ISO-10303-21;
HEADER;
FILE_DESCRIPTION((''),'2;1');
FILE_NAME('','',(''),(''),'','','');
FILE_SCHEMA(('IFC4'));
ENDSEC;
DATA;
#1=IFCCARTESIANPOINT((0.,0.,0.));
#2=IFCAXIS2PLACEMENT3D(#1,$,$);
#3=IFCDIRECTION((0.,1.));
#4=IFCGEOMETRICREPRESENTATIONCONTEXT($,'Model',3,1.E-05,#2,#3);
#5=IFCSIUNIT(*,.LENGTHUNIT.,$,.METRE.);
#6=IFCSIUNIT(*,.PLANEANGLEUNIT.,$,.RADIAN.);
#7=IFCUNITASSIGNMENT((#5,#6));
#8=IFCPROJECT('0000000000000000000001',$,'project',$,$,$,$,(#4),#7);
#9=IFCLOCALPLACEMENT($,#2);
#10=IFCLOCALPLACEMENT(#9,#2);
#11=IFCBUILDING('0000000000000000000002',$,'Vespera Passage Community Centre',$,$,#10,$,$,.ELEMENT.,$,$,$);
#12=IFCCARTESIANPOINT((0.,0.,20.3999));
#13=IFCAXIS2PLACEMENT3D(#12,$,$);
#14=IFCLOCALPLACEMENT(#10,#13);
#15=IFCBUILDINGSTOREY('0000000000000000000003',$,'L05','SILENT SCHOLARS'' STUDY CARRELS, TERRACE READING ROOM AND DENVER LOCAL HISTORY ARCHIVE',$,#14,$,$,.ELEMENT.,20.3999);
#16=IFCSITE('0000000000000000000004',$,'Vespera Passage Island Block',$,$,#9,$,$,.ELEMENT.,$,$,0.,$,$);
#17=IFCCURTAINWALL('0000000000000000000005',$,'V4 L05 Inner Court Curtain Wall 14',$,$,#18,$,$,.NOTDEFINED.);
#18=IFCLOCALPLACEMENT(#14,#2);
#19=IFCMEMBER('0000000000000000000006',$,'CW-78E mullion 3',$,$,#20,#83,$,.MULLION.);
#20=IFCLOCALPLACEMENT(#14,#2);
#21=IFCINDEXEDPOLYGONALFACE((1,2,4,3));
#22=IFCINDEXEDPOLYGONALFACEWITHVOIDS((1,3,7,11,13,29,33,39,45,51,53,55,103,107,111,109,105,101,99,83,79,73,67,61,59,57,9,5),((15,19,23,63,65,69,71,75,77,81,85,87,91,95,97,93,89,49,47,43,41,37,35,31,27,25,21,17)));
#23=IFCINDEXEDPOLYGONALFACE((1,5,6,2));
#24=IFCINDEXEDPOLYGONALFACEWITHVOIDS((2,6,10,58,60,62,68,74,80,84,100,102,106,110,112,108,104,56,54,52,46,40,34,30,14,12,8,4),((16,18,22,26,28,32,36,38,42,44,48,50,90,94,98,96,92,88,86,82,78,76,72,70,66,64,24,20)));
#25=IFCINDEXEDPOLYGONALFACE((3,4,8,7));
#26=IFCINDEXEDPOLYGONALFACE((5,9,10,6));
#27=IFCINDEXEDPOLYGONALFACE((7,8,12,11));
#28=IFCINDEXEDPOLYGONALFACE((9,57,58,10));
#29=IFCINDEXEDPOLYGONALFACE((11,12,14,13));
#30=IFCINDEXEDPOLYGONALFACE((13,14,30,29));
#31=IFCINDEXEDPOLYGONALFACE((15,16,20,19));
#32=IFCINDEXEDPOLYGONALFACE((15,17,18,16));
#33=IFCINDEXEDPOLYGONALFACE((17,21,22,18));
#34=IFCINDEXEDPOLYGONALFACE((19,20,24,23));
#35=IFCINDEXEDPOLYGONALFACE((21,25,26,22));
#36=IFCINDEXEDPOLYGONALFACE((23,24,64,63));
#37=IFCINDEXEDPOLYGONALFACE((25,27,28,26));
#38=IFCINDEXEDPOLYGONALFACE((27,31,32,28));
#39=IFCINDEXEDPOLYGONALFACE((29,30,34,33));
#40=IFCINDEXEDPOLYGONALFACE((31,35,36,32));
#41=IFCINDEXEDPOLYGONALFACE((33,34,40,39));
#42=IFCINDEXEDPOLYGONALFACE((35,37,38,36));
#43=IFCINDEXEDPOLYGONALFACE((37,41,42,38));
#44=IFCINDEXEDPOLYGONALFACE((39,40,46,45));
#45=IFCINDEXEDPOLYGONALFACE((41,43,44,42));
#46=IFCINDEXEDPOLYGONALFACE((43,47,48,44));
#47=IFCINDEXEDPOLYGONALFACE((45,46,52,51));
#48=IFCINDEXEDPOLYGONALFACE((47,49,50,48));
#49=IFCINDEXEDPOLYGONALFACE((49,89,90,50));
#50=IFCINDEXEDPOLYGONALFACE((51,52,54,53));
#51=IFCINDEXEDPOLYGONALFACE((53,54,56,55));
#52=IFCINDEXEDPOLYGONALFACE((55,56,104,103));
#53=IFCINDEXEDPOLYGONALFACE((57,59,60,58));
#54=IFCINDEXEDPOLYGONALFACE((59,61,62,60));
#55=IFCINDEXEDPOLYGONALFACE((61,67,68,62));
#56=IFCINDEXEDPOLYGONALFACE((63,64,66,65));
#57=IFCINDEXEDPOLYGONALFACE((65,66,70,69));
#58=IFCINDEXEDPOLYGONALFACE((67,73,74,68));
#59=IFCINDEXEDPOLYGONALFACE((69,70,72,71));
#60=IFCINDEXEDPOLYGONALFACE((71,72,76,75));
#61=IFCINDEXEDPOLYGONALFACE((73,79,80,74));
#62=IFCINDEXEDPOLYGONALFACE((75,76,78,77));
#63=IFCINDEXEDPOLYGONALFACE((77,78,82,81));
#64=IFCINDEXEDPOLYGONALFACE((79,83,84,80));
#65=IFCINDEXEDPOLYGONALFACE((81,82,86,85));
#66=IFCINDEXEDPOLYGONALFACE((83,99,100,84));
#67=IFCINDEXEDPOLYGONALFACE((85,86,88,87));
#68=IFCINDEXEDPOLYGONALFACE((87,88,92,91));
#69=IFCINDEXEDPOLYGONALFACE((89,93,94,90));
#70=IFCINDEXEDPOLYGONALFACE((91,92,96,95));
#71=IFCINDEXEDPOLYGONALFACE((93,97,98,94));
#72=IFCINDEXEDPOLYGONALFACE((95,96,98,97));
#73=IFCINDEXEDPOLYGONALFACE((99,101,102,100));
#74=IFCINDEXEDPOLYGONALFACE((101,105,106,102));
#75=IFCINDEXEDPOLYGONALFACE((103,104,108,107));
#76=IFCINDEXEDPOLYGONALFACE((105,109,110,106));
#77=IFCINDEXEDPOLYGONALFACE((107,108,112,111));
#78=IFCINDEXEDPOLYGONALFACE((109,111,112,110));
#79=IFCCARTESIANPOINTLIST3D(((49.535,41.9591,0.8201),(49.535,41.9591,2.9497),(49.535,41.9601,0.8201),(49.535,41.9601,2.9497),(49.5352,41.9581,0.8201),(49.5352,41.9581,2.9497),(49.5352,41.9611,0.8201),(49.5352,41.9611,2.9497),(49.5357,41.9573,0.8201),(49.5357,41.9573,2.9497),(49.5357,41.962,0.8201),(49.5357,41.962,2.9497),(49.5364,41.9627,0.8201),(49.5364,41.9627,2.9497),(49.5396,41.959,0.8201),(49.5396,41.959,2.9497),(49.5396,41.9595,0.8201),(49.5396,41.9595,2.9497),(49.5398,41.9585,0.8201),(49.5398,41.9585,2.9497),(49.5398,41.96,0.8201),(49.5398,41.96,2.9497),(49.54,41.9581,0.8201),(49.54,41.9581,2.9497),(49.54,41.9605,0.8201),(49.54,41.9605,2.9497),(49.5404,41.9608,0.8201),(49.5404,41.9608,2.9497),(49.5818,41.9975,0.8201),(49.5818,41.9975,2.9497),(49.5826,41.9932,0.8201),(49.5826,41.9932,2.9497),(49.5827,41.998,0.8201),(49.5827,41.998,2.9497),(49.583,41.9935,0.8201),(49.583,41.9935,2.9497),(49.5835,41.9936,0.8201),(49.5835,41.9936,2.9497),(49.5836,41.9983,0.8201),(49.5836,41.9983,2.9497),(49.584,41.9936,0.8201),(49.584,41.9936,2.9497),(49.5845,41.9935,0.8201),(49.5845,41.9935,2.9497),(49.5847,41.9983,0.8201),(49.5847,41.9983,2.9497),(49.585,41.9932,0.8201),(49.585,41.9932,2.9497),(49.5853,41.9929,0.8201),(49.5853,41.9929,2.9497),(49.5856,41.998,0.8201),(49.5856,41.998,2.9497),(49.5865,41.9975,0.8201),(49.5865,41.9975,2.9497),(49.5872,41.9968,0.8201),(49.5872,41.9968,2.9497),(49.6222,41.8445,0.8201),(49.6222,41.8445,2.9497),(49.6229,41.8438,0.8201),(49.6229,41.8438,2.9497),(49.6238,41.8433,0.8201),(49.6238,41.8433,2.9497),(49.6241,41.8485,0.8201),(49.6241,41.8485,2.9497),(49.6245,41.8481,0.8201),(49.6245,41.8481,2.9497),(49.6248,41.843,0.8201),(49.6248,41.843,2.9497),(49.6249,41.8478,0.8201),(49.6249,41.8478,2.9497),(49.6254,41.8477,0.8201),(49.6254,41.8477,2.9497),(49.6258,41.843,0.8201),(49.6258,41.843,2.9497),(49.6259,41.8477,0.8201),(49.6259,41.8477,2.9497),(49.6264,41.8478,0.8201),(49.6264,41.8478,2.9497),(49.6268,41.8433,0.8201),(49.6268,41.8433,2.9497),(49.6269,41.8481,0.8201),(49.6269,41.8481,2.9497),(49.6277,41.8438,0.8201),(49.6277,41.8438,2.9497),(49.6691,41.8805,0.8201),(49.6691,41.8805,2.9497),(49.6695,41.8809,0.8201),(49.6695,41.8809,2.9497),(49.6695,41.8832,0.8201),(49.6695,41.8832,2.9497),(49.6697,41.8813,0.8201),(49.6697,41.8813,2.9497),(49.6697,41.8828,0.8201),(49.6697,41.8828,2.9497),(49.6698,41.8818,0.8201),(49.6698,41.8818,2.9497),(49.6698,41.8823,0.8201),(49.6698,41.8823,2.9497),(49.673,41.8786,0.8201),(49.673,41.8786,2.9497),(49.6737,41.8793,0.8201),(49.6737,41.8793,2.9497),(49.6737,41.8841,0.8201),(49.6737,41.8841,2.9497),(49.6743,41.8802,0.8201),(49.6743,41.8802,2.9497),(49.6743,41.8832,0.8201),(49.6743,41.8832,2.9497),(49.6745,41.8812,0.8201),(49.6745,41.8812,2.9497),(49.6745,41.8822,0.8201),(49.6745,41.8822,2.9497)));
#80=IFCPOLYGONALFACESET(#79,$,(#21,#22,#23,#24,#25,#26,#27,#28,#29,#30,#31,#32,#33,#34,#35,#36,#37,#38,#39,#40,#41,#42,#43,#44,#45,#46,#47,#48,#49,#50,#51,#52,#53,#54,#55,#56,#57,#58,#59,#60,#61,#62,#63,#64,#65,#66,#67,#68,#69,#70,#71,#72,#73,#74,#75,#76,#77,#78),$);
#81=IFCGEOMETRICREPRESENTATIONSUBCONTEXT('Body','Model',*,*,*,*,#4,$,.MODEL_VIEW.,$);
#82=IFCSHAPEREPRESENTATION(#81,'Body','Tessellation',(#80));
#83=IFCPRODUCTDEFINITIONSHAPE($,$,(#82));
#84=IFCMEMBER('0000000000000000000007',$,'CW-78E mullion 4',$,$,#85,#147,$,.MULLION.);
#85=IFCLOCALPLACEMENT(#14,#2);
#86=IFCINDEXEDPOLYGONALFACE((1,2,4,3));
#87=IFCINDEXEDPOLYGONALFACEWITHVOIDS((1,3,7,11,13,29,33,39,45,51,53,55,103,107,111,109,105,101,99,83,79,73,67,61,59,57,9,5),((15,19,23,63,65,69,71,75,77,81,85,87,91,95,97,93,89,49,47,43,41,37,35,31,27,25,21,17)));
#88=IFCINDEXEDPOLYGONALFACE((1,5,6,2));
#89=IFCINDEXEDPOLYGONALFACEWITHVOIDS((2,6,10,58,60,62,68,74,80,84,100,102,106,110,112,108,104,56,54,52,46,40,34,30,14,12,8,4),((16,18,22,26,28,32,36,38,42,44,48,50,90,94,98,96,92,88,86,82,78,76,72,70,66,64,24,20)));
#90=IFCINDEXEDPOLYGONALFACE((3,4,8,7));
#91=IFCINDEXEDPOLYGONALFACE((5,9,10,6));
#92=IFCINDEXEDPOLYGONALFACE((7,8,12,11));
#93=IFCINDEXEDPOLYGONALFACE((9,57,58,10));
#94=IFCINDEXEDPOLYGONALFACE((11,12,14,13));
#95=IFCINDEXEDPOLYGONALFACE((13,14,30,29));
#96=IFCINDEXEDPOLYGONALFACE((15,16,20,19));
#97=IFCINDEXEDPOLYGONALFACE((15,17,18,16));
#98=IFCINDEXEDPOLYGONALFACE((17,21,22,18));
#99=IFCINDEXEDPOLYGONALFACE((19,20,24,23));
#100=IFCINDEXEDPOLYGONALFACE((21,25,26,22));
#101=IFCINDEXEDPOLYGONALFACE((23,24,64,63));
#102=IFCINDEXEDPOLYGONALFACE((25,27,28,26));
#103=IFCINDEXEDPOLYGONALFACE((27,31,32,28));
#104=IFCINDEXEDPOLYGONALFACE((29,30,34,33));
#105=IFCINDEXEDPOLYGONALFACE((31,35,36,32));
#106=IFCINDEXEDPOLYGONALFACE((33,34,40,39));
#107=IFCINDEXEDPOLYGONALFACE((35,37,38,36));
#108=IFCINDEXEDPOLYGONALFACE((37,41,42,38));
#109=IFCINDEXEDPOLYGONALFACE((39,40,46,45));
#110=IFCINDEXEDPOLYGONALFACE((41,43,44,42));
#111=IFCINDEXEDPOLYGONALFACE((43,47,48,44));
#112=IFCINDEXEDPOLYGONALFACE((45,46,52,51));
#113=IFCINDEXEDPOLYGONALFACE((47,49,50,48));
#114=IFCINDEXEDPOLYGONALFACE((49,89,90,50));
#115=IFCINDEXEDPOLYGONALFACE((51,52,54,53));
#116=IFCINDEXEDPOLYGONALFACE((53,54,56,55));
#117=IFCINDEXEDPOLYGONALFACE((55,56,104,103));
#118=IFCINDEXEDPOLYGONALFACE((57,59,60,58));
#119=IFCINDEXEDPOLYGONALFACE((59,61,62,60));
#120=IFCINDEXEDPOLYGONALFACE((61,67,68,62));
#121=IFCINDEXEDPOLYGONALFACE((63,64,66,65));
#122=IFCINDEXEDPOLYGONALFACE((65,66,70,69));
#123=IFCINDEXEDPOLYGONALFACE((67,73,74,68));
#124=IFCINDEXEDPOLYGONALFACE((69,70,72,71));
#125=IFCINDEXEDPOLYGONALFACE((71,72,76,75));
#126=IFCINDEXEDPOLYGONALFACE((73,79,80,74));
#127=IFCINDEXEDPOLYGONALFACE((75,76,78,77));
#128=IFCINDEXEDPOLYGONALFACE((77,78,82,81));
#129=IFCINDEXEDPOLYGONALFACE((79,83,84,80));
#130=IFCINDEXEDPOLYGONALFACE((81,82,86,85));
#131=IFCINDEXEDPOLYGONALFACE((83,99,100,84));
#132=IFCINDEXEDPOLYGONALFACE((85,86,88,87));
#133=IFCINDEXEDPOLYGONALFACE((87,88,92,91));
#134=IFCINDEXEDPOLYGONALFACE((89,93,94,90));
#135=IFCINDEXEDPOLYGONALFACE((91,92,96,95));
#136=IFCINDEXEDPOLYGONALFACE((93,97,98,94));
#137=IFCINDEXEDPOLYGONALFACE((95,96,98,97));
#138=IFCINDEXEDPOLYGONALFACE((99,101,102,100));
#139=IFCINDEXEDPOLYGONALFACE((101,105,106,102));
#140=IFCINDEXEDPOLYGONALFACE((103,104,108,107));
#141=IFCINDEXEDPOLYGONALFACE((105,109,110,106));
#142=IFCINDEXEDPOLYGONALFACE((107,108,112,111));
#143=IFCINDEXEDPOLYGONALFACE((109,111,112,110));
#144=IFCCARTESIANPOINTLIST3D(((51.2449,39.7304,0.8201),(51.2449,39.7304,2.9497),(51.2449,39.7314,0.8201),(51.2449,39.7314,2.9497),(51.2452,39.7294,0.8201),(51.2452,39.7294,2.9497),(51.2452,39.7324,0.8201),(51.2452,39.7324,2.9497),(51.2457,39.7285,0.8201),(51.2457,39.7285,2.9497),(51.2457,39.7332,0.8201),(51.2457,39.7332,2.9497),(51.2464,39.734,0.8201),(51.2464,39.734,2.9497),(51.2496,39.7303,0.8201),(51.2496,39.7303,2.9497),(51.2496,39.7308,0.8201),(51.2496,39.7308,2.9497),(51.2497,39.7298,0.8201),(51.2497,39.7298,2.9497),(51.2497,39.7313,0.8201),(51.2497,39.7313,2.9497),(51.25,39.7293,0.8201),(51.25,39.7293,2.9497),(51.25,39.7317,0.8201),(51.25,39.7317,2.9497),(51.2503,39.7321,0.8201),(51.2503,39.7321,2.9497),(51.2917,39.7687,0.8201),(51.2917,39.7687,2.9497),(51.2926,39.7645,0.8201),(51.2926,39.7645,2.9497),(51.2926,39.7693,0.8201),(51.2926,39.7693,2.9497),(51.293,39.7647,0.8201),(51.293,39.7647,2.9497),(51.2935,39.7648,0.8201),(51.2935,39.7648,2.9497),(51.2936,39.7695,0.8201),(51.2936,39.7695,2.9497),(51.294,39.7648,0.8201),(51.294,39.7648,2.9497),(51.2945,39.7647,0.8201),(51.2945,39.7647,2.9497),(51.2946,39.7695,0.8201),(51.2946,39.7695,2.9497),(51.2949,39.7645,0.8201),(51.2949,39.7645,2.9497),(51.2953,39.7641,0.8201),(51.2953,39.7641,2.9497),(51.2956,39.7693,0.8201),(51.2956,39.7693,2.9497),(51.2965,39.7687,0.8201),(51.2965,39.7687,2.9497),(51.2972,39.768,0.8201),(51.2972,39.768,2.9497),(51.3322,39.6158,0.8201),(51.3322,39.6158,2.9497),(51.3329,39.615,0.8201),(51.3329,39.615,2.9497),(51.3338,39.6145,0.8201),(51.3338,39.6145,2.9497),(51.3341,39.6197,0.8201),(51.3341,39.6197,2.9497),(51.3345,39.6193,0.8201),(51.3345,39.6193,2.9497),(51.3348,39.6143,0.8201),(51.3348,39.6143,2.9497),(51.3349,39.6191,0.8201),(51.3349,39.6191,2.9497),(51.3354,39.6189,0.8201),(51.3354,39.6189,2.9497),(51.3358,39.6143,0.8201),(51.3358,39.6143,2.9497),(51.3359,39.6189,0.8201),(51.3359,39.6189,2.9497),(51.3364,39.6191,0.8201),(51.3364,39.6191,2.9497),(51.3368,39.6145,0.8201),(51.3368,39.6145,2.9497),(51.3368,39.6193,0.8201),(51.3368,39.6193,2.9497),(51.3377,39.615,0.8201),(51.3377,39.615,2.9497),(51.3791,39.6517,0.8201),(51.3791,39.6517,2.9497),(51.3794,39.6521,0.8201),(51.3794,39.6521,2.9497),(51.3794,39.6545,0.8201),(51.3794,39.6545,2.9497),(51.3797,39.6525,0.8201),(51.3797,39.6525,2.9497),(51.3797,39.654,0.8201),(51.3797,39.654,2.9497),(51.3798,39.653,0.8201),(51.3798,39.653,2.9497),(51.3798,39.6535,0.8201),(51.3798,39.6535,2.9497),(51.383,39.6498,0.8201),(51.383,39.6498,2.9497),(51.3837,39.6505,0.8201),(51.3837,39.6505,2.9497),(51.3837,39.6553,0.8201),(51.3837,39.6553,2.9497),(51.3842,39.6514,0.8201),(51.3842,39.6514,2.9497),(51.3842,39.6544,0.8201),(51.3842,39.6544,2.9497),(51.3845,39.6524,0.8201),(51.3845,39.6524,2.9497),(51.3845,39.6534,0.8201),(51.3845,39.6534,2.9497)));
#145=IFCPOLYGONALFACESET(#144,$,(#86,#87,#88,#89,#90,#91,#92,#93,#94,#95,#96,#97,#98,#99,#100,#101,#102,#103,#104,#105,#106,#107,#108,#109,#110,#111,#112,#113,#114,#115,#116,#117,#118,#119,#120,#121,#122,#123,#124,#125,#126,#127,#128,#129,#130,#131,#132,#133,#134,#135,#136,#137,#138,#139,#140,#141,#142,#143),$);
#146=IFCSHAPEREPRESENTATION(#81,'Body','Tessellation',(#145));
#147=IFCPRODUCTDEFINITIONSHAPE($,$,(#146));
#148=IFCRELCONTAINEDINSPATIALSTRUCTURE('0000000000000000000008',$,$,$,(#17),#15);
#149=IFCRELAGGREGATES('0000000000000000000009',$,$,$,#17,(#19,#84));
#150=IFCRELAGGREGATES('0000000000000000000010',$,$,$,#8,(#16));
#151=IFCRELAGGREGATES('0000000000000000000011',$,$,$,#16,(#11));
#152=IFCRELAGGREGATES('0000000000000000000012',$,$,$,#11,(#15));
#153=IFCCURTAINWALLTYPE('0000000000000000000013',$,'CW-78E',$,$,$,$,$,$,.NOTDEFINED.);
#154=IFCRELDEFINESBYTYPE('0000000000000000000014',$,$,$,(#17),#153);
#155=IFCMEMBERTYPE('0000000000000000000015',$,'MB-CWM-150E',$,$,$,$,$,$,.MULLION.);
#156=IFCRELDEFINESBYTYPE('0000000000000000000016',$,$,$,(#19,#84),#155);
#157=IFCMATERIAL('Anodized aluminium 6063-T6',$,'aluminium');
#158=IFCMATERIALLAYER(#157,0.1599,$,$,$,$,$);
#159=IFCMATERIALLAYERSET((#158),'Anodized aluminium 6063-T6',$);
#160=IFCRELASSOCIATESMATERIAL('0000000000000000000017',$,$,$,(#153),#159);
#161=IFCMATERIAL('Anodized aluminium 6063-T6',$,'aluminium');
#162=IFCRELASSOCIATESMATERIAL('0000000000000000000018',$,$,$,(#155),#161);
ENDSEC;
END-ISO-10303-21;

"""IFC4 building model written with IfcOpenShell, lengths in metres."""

from ifc_helpers import new_model, si_unit, direction, frame, origin, origin_2d, place, context, subcontext, project, spatial, hollow_rectangle, extrude, material, layer, layer_set, material_profile, profile_set, type_object, element, aggregate, save


model = new_model("IFC4")

# Units and contexts
model_context = context("Model", 3, precision=1e-05, world=origin(), true_north=direction((0.0, 1.0)))
body_context = subcontext(model_context, "Body", "Model", "MODEL_VIEW")
ifc_project = project(units=[si_unit("LENGTHUNIT", "METRE"), si_unit("PLANEANGLEUNIT", "RADIAN")], contexts=[model_context])

# Site, building, storey
site_placement = place(None, origin())
site = spatial("IfcSite", under=ifc_project, at=site_placement, Name="Vespera Passage Island Block", CompositionType="ELEMENT", RefElevation=0.0)
building_placement = place(site_placement, origin())
building = spatial("IfcBuilding", under=site, at=building_placement, Name="Vespera Passage Community Centre", CompositionType="ELEMENT")
storey_placement = place(building_placement, frame((0.0, 0.0, 20.3999)))
storey = spatial("IfcBuildingStorey", under=building, at=storey_placement, Name="L05", Description="SILENT SCHOLARS' STUDY CARRELS, TERRACE READING ROOM AND DENVER LOCAL HISTORY ARCHIVE", CompositionType="ELEMENT", Elevation=20.3999)

# Curtain wall, members
ifc_material_1 = material(Name="Anodized aluminium 6063-T6", Category="aluminium")
ifc_layer_1 = layer(ifc_material_1, 0.1599)
ifc_layer_set_1 = layer_set([ifc_layer_1], Name="Anodized aluminium 6063-T6")
curtain_wall_type_1 = type_object("IfcCurtainWallType", Name="CW-78E", PredefinedType="NOTDEFINED", material=ifc_layer_set_1)
curtain_wall_1_placement = place(storey_placement, origin())
curtain_wall_1 = element("IfcCurtainWall", 1, at=curtain_wall_1_placement, inside=storey, type_object=curtain_wall_type_1, Name="V4 L05 Inner Court Curtain Wall 14", PredefinedType="NOTDEFINED")
ifc_material_2 = material(Name="Anodized aluminium 6063-T6", Category="aluminium")
ifc_material_profile_1 = material_profile(ifc_material_2, hollow_rectangle(XDim=0.0649, YDim=0.1499, WallThickness=0.0039, InnerFilletRadius=0.002, OuterFilletRadius=0.0039, at=origin_2d()), Name="ALU150X65X4")
ifc_profile_set_1 = profile_set([ifc_material_profile_1], Name="Anodized aluminium 6063-T6")
member_type_1 = type_object("IfcMemberType", Name="MB-CWM-150E", PredefinedType="MULLION", material=ifc_profile_set_1)
member_1_placement = place(storey_placement, frame((49.6047, 41.9207, 0.8201), z_axis=(0.0, 0.0, 1.0), x_axis=(0.793358, 0.608755, 0.0)))
member_1 = element("IfcMember", 2, at=member_1_placement, type_object=member_type_1, Name="CW-78E mullion 3", PredefinedType="MULLION", context=body_context, shape_type="SweptSolid", body=[
    extrude(hollow_rectangle(XDim=0.0649, YDim=0.1499, WallThickness=0.0039, InnerFilletRadius=0.002, OuterFilletRadius=0.0039, at=origin_2d()), origin(), (0.0, 0.0, 1.0), 2.1296),
])
member_2_placement = place(storey_placement, frame((51.3147, 39.6919, 0.8201), z_axis=(0.0, 0.0, 1.0), x_axis=(0.793358, 0.608755, 0.0)))
member_2 = element("IfcMember", 3, at=member_2_placement, type_object=member_type_1, Name="CW-78E mullion 4", PredefinedType="MULLION", context=body_context, shape_type="SweptSolid", body=[
    extrude(hollow_rectangle(XDim=0.0649, YDim=0.1499, WallThickness=0.0039, InnerFilletRadius=0.002, OuterFilletRadius=0.0039, at=origin_2d()), origin(), (0.0, 0.0, 1.0), 2.1296),
])

aggregate(curtain_wall_1, [member_1, member_2])

save(model, "model.ifc")
